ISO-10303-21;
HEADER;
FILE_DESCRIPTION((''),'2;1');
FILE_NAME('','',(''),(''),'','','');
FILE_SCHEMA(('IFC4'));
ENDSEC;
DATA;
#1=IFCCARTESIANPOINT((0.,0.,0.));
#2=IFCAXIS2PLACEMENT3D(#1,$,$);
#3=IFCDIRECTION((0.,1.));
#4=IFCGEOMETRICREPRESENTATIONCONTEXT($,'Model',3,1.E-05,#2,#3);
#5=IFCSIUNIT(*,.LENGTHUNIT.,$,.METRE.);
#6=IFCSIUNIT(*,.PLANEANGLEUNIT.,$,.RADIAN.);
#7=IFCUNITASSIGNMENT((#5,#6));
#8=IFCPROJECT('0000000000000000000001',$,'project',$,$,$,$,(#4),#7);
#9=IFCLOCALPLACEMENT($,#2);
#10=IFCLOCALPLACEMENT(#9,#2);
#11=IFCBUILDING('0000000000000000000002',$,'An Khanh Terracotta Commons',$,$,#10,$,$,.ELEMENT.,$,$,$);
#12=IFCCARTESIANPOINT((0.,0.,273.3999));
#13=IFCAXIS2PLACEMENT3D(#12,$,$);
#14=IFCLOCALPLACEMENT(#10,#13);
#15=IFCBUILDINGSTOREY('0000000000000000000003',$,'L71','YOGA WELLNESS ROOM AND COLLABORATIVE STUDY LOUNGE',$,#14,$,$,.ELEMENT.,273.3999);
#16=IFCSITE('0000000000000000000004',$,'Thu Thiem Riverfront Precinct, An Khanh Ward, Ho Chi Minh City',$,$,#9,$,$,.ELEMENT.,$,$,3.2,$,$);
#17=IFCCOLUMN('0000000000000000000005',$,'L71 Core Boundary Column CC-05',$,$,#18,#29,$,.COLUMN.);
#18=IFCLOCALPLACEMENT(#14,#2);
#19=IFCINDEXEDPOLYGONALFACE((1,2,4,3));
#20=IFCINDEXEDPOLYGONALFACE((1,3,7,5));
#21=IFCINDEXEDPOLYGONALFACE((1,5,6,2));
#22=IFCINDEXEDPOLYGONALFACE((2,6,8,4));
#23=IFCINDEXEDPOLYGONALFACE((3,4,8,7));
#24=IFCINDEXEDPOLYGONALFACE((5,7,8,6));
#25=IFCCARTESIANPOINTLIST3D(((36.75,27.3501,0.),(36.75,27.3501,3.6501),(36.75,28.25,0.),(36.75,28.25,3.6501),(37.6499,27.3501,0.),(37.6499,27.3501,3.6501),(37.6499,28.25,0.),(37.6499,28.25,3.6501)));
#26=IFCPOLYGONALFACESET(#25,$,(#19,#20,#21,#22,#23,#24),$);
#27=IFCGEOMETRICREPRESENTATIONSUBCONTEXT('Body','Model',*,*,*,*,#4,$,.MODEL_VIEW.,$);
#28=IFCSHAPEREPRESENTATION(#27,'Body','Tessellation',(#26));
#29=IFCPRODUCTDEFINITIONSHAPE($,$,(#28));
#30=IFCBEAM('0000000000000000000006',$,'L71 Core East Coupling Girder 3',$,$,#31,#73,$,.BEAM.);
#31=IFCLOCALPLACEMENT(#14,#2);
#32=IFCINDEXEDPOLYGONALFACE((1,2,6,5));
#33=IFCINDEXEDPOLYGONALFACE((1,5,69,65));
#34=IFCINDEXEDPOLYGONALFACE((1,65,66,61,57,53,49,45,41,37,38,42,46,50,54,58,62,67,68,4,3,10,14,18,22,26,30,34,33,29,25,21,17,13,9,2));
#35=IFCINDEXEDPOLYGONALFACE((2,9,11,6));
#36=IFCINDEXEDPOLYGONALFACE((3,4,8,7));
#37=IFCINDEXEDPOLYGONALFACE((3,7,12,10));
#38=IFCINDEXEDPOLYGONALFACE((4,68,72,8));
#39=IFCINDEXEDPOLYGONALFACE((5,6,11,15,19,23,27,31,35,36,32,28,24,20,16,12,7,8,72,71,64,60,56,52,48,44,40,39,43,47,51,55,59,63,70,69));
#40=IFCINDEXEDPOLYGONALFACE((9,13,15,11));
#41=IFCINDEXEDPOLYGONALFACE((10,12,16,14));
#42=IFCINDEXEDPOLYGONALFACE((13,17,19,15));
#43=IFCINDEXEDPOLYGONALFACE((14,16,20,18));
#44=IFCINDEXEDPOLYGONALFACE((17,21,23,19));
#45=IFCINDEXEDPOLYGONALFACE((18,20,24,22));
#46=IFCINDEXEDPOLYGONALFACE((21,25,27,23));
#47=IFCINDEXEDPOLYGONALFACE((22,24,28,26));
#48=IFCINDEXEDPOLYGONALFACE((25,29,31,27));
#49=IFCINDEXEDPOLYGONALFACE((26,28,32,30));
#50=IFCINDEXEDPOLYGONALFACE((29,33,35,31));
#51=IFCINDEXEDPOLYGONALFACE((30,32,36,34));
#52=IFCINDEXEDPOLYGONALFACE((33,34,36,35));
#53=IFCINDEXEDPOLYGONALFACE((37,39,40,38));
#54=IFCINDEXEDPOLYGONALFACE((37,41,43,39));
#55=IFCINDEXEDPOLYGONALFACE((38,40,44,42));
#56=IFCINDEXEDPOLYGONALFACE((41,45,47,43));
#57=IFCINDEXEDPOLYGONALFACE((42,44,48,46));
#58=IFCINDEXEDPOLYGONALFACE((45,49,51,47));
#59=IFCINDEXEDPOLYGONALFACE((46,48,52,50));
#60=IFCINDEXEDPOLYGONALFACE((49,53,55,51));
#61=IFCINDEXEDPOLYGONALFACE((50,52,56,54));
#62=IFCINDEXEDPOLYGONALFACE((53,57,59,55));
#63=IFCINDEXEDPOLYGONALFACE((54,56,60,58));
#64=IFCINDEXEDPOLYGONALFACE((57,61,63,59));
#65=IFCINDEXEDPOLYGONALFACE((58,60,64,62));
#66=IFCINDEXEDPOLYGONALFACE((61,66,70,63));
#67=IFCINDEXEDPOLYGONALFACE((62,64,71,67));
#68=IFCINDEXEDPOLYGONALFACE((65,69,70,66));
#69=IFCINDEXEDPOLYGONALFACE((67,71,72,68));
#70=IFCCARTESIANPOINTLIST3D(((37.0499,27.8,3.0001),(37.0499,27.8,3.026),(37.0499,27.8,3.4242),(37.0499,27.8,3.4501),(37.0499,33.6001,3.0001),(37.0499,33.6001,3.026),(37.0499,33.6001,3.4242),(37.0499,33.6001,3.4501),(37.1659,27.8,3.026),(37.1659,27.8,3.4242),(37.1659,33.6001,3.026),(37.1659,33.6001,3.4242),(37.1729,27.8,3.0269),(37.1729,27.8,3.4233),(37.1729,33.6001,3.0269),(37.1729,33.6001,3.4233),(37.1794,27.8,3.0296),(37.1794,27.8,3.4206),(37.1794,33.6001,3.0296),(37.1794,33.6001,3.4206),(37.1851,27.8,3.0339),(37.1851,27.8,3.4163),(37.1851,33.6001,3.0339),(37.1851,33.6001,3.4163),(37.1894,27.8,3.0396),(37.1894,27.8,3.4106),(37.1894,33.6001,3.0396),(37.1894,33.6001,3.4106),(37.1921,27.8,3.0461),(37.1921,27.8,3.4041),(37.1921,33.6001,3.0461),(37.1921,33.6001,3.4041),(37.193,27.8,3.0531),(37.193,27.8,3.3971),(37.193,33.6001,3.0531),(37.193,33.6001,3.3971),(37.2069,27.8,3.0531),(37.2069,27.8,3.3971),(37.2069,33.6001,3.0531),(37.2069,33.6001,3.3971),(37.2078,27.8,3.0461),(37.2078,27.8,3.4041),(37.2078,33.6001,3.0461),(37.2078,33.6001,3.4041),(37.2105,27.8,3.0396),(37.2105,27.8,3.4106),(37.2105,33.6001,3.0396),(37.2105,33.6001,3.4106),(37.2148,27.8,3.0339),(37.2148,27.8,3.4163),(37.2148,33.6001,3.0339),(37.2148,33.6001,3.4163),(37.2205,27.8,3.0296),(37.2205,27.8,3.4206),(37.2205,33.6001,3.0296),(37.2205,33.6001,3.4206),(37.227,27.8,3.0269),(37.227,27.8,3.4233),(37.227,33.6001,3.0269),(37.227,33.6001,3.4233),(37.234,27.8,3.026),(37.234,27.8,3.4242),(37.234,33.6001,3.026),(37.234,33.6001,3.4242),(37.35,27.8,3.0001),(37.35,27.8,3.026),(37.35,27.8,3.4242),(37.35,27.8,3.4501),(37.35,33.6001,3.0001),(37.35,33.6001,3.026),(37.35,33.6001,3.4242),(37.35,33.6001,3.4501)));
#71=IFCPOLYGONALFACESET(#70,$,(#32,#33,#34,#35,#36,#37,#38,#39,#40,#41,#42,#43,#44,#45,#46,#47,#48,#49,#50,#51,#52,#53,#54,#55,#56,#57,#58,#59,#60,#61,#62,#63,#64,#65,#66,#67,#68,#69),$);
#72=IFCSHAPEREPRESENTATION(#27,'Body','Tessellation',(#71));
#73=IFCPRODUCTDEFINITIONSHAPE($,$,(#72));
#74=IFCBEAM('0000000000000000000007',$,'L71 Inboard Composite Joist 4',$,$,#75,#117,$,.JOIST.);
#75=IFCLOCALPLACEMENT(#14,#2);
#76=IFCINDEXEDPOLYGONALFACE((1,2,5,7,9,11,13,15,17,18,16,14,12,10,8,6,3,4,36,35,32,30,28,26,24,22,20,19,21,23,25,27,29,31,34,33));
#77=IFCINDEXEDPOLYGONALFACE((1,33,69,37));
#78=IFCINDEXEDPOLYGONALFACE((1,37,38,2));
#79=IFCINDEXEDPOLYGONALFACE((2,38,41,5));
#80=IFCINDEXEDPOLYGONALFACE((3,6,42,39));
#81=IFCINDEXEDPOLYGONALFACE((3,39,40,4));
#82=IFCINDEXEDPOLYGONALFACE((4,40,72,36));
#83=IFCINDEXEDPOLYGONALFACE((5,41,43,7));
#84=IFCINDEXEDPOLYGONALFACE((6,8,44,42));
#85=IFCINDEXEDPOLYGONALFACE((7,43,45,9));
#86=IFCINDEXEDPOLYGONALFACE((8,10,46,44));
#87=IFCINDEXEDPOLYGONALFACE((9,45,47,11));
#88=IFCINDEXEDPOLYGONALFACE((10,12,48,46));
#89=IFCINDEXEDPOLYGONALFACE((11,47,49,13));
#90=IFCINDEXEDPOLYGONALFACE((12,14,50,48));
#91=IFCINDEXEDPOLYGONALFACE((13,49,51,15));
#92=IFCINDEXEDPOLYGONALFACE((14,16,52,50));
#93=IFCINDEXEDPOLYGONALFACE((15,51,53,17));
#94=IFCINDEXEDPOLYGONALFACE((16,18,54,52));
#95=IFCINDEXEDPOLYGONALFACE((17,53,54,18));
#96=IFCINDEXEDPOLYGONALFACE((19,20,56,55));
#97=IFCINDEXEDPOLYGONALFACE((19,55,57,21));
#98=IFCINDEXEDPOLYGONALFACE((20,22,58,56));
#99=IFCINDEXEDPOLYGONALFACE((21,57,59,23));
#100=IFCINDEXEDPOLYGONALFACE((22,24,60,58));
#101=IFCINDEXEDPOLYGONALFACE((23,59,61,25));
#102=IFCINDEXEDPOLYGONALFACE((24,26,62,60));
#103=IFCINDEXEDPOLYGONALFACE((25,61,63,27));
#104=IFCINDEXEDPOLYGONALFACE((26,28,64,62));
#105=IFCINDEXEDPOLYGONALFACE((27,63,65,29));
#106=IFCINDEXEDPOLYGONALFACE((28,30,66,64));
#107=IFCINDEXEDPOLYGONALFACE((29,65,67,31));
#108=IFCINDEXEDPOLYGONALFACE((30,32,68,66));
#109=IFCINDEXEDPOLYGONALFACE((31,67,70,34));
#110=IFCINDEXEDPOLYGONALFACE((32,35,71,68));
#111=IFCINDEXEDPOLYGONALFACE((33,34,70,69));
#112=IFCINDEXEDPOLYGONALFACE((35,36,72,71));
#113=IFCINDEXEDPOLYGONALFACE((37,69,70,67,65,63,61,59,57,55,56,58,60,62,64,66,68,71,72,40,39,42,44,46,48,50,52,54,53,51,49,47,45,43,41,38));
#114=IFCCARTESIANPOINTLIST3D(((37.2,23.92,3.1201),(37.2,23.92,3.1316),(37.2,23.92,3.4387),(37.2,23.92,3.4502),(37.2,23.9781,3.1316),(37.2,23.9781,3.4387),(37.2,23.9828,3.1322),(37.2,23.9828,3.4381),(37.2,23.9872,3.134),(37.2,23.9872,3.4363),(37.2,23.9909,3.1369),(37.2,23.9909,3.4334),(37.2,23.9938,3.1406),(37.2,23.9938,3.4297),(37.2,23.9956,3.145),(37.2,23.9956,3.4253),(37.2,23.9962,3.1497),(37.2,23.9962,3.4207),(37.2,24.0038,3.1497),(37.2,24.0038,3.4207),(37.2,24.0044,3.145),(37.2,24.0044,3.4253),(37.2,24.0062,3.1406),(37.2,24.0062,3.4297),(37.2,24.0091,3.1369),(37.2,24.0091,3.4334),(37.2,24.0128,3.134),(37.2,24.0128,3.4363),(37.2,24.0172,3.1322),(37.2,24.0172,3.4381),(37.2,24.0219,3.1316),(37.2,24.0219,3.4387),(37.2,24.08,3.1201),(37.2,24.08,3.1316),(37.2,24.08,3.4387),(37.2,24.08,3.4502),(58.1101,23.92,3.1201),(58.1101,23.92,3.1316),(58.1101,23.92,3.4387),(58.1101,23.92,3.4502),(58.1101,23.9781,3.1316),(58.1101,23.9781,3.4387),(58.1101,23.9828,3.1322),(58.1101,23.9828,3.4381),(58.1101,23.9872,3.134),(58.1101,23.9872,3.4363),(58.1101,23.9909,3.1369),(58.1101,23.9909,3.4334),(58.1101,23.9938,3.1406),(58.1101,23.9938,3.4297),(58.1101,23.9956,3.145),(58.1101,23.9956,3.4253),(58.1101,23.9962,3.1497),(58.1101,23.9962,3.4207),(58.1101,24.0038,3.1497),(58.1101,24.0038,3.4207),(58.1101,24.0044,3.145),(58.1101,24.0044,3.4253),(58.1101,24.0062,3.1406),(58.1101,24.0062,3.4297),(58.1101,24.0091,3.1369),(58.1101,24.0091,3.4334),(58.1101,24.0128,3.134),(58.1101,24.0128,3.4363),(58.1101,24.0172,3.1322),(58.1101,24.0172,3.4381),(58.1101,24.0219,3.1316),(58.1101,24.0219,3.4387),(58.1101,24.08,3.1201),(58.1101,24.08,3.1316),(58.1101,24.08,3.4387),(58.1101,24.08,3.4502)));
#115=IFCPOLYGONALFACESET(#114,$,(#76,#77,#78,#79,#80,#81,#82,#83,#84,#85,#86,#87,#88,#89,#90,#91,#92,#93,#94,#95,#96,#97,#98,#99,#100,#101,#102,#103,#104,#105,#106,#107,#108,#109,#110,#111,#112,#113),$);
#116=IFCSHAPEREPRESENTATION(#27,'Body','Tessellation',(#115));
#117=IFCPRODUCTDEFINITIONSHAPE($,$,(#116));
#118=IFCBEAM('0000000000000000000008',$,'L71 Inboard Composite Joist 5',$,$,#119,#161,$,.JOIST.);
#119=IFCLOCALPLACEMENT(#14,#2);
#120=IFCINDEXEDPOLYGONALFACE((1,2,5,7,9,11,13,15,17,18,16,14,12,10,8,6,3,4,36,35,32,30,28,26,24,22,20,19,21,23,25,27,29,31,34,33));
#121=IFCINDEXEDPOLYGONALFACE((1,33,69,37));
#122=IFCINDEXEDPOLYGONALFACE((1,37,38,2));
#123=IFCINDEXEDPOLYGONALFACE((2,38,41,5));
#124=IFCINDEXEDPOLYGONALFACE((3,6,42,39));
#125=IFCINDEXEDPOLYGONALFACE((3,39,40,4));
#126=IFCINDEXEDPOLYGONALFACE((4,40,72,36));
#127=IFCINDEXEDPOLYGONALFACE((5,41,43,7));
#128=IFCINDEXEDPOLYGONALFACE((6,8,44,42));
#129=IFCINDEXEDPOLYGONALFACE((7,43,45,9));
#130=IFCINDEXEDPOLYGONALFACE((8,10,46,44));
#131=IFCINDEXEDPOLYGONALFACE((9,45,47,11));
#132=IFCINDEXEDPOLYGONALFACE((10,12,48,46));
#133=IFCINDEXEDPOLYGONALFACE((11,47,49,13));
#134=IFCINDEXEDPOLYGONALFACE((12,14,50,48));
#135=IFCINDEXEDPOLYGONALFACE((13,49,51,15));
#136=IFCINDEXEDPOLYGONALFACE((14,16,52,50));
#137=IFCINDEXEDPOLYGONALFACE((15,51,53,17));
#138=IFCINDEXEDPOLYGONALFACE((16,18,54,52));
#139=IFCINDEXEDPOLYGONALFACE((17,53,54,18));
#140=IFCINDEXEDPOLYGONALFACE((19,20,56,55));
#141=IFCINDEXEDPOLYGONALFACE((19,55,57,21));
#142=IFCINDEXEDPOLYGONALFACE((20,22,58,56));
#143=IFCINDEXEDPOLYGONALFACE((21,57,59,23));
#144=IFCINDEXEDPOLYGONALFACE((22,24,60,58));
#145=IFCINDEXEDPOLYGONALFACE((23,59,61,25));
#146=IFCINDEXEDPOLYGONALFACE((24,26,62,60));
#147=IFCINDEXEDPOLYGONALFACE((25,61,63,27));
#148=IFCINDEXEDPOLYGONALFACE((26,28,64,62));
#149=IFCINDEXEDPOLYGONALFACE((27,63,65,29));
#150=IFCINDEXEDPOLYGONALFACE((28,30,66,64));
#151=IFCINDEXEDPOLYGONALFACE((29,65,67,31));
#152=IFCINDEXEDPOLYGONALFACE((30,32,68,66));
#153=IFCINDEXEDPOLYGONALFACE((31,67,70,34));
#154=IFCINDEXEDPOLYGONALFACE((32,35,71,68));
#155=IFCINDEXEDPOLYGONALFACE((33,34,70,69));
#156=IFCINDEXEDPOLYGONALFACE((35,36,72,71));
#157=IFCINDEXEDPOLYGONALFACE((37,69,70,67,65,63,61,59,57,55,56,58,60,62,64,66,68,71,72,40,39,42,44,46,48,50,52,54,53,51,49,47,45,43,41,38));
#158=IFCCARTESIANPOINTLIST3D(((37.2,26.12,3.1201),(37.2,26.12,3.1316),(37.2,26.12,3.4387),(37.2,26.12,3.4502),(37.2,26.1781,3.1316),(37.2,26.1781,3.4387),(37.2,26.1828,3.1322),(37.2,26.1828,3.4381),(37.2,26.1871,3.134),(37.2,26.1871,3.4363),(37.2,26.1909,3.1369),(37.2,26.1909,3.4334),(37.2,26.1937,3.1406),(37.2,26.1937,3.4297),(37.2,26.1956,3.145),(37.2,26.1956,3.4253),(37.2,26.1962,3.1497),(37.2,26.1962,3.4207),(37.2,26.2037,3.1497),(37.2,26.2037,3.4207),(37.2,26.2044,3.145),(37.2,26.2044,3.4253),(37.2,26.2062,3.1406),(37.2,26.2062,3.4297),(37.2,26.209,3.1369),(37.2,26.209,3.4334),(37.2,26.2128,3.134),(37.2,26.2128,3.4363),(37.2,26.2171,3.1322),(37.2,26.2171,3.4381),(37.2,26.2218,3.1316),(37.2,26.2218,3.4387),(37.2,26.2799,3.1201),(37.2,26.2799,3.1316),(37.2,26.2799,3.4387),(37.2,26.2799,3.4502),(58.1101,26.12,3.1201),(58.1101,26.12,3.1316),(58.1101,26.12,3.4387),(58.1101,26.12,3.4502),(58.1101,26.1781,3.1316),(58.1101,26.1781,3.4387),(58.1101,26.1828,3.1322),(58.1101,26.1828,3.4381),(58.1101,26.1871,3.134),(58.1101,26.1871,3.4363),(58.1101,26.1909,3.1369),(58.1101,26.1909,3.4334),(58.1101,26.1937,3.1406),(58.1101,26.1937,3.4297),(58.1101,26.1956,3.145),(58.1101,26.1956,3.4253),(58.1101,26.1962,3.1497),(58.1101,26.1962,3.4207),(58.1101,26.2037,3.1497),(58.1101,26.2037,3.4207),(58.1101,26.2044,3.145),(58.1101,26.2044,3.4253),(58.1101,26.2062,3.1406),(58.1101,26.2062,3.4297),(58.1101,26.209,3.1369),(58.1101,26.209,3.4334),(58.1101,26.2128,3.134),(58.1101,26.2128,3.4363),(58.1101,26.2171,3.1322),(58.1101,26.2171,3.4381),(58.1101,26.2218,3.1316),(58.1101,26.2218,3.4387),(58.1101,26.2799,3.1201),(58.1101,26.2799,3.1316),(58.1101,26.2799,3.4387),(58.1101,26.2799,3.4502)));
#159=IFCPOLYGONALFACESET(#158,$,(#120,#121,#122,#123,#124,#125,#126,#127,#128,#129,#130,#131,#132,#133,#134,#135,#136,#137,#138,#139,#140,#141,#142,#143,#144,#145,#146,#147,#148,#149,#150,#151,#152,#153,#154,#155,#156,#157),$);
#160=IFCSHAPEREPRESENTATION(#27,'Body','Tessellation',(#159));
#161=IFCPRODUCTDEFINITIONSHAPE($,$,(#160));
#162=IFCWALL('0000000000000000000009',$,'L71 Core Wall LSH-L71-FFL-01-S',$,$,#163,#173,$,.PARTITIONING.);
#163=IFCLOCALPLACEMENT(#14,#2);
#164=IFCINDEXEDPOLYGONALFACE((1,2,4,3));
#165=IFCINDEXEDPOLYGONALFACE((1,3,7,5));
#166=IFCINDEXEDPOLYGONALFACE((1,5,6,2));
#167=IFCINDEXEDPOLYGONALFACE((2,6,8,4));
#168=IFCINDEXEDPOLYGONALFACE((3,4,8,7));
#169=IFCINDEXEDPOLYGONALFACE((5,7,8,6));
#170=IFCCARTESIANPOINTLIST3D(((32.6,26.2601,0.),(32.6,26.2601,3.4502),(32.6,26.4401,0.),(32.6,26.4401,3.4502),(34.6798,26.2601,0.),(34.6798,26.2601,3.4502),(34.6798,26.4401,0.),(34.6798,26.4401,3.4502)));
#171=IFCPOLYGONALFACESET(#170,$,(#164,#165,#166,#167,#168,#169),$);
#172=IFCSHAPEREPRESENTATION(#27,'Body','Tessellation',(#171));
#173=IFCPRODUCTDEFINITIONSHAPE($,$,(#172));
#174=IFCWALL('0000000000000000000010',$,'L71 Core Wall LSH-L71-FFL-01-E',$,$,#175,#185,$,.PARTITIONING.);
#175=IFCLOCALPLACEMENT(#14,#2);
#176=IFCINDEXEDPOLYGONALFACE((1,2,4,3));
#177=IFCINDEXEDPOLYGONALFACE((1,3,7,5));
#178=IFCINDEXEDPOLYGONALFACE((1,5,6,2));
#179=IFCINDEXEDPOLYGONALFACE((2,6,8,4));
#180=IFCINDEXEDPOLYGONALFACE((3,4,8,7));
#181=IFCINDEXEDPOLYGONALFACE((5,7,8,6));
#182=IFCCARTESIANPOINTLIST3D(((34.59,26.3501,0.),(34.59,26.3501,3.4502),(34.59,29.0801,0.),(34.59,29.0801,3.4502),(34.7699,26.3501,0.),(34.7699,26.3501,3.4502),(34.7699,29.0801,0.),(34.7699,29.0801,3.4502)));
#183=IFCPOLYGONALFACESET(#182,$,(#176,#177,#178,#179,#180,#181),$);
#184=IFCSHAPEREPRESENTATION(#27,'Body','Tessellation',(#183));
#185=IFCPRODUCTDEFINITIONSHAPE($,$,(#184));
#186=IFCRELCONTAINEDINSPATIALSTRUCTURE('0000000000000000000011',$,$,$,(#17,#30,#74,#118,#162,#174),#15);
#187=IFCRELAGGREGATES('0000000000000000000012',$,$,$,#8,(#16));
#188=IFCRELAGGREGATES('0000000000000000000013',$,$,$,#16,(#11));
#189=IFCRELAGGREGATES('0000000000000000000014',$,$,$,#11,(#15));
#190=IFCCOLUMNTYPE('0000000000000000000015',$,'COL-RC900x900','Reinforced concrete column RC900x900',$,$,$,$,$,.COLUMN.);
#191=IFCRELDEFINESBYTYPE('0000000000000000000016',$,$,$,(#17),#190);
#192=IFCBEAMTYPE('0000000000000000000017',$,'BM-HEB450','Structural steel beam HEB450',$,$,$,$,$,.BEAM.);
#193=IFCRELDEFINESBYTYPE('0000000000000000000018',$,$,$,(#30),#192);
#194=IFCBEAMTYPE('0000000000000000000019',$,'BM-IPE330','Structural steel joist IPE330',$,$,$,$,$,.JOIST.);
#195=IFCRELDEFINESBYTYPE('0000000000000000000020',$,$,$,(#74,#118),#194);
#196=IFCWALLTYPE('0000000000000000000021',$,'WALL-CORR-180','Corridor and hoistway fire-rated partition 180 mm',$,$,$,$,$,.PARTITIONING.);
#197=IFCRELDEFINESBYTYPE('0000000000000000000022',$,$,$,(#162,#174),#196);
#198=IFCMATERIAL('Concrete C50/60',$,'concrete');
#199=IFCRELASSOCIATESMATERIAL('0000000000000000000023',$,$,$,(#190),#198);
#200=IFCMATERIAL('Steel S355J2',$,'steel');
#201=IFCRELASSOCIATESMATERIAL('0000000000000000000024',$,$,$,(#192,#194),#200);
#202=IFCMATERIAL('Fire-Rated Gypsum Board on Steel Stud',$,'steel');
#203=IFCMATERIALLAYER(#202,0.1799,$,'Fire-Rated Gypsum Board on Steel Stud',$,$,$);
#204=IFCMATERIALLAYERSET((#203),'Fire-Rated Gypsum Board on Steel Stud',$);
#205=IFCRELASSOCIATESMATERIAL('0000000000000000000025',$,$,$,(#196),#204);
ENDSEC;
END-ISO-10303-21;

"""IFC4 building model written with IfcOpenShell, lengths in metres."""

from ifc_helpers import new_model, si_unit, direction, frame, frame_2d, origin, origin_2d, place, context, subcontext, project, spatial, rectangle, i_section, extrude, material, layer, layer_set, material_profile, profile_set, type_object, element, save


model = new_model("IFC4")

# Units and contexts
model_context = context("Model", 3, precision=1e-05, world=origin(), true_north=direction((0.0, 1.0)))
body_context = subcontext(model_context, "Body", "Model", "MODEL_VIEW")
ifc_project = project(units=[si_unit("LENGTHUNIT", "METRE"), si_unit("PLANEANGLEUNIT", "RADIAN")], contexts=[model_context])

# Site, building, storey
site_placement = place(None, origin())
site = spatial("IfcSite", under=ifc_project, at=site_placement, Name="Thu Thiem Riverfront Precinct, An Khanh Ward, Ho Chi Minh City", CompositionType="ELEMENT", RefElevation=3.2)
building_placement = place(site_placement, origin())
building = spatial("IfcBuilding", under=site, at=building_placement, Name="An Khanh Terracotta Commons", CompositionType="ELEMENT")
storey_placement = place(building_placement, frame((0.0, 0.0, 273.3999)))
storey = spatial("IfcBuildingStorey", under=building, at=storey_placement, Name="L71", Description="YOGA WELLNESS ROOM AND COLLABORATIVE STUDY LOUNGE", CompositionType="ELEMENT", Elevation=273.3999)

# Column
ifc_material_1 = material(Name="Concrete C50/60", Category="concrete")
ifc_material_profile_1 = material_profile(ifc_material_1, rectangle(XDim=0.8999, YDim=0.8999, at=origin_2d()), Name="RC900x900")
ifc_profile_set_1 = profile_set([ifc_material_profile_1], Name="Concrete C50/60")
column_type = type_object("IfcColumnType", Name="COL-RC900x900", Description="Reinforced concrete column RC900x900", PredefinedType="COLUMN", material=ifc_profile_set_1)
column_placement = place(storey_placement, frame((37.2, 27.8, 0.0), z_axis=(0.0, 0.0, 1.0), x_axis=(1.0, 0.0, 0.0)))
element("IfcColumn", 1, at=column_placement, inside=storey, type_object=column_type, Name="L71 Core Boundary Column CC-05", PredefinedType="COLUMN", context=body_context, shape_type="SweptSolid", body=[
    extrude(rectangle(XDim=0.8999, YDim=0.8999, at=origin_2d()), origin(), (0.0, 0.0, 1.0), 3.6501),
])

# Beams
ifc_material_2 = material(Name="Steel S355J2", Category="steel")
ifc_material_profile_2 = material_profile(ifc_material_2, i_section(OverallWidth=0.3, OverallDepth=0.45, WebThickness=0.0139, FlangeThickness=0.0259, FilletRadius=0.0271, at=origin_2d()), Name="HEB450")
ifc_profile_set_2 = profile_set([ifc_material_profile_2], Name="Steel S355J2")
beam_type_1 = type_object("IfcBeamType", Name="BM-HEB450", Description="Structural steel beam HEB450", PredefinedType="BEAM", material=ifc_profile_set_2)
beam_placement = place(storey_placement, frame((37.2, 27.8, 3.2251), z_axis=(0.0, 1.0, 0.0), x_axis=(-1.0, 0.0, 0.0)))
element("IfcBeam", 2, at=beam_placement, inside=storey, type_object=beam_type_1, Name="L71 Core East Coupling Girder 3", PredefinedType="BEAM", context=body_context, shape_type="SweptSolid", body=[
    extrude(i_section(OverallWidth=0.3, OverallDepth=0.45, WebThickness=0.0139, FlangeThickness=0.0259, FilletRadius=0.0271, at=origin_2d()), origin(), (0.0, 0.0, 1.0), 5.8),
])
ifc_material_profile_3 = material_profile(ifc_material_2, i_section(OverallWidth=0.1599, OverallDepth=0.3301, WebThickness=0.0076, FlangeThickness=0.0115, FilletRadius=0.0181, at=origin_2d()), Name="IPE330")
ifc_profile_set_3 = profile_set([ifc_material_profile_3], Name="Steel S355J2")
beam_type_2 = type_object("IfcBeamType", Name="BM-IPE330", Description="Structural steel joist IPE330", PredefinedType="JOIST", material=ifc_profile_set_3)
for number, where, z_axis, x_axis, name in (
    (3, (37.2, 24.0, 3.2852), (1.0, 0.0, 0.0), (0.0, 1.0, 0.0), "L71 Inboard Composite Joist 4"),
    (4, (37.2, 26.2, 3.2852), (1.0, 0.0, 0.0), (0.0, 1.0, 0.0), "L71 Inboard Composite Joist 5"),
):
    element("IfcBeam", number, at=place(storey_placement, frame(where, z_axis=z_axis, x_axis=x_axis)), inside=storey, type_object=beam_type_2, Name=name, PredefinedType="JOIST", context=body_context, shape_type="SweptSolid", body=[
        extrude(i_section(OverallWidth=0.1599, OverallDepth=0.3301, WebThickness=0.0076, FlangeThickness=0.0115, FilletRadius=0.0181, at=origin_2d()), origin(), (0.0, 0.0, 1.0), 20.9102),
    ])

# Walls
ifc_material_3 = material(Name="Fire-Rated Gypsum Board on Steel Stud", Category="steel")
ifc_layer = layer(ifc_material_3, 0.1799, Name="Fire-Rated Gypsum Board on Steel Stud")
ifc_layer_set = layer_set([ifc_layer], Name="Fire-Rated Gypsum Board on Steel Stud")
wall_type = type_object("IfcWallType", Name="WALL-CORR-180", Description="Corridor and hoistway fire-rated partition 180 mm", PredefinedType="PARTITIONING", material=ifc_layer_set)
wall_1_placement = place(storey_placement, frame((34.6799, 26.3501, 0.0), z_axis=(0.0, 0.0, 1.0), x_axis=(-1.0, 0.0, 0.0)))
element("IfcWall", 5, at=wall_1_placement, inside=storey, type_object=wall_type, Name="L71 Core Wall LSH-L71-FFL-01-S", PredefinedType="PARTITIONING", context=body_context, shape_type="SweptSolid", body=[
    extrude(rectangle(XDim=2.0798, YDim=0.1799, at=frame_2d((1.04, 0.0))), origin(), (0.0, 0.0, 1.0), 3.4502),
])
wall_2_placement = place(storey_placement, frame((34.6799, 26.3501, 0.0), z_axis=(0.0, 0.0, 1.0), x_axis=(0.0, 1.0, 0.0)))
element("IfcWall", 6, at=wall_2_placement, inside=storey, type_object=wall_type, Name="L71 Core Wall LSH-L71-FFL-01-E", PredefinedType="PARTITIONING", context=body_context, shape_type="SweptSolid", body=[
    extrude(rectangle(XDim=2.73, YDim=0.1799, at=frame_2d((1.365, 0.0))), origin(), (0.0, 0.0, 1.0), 3.4502),
])

save(model, "model.ifc")
